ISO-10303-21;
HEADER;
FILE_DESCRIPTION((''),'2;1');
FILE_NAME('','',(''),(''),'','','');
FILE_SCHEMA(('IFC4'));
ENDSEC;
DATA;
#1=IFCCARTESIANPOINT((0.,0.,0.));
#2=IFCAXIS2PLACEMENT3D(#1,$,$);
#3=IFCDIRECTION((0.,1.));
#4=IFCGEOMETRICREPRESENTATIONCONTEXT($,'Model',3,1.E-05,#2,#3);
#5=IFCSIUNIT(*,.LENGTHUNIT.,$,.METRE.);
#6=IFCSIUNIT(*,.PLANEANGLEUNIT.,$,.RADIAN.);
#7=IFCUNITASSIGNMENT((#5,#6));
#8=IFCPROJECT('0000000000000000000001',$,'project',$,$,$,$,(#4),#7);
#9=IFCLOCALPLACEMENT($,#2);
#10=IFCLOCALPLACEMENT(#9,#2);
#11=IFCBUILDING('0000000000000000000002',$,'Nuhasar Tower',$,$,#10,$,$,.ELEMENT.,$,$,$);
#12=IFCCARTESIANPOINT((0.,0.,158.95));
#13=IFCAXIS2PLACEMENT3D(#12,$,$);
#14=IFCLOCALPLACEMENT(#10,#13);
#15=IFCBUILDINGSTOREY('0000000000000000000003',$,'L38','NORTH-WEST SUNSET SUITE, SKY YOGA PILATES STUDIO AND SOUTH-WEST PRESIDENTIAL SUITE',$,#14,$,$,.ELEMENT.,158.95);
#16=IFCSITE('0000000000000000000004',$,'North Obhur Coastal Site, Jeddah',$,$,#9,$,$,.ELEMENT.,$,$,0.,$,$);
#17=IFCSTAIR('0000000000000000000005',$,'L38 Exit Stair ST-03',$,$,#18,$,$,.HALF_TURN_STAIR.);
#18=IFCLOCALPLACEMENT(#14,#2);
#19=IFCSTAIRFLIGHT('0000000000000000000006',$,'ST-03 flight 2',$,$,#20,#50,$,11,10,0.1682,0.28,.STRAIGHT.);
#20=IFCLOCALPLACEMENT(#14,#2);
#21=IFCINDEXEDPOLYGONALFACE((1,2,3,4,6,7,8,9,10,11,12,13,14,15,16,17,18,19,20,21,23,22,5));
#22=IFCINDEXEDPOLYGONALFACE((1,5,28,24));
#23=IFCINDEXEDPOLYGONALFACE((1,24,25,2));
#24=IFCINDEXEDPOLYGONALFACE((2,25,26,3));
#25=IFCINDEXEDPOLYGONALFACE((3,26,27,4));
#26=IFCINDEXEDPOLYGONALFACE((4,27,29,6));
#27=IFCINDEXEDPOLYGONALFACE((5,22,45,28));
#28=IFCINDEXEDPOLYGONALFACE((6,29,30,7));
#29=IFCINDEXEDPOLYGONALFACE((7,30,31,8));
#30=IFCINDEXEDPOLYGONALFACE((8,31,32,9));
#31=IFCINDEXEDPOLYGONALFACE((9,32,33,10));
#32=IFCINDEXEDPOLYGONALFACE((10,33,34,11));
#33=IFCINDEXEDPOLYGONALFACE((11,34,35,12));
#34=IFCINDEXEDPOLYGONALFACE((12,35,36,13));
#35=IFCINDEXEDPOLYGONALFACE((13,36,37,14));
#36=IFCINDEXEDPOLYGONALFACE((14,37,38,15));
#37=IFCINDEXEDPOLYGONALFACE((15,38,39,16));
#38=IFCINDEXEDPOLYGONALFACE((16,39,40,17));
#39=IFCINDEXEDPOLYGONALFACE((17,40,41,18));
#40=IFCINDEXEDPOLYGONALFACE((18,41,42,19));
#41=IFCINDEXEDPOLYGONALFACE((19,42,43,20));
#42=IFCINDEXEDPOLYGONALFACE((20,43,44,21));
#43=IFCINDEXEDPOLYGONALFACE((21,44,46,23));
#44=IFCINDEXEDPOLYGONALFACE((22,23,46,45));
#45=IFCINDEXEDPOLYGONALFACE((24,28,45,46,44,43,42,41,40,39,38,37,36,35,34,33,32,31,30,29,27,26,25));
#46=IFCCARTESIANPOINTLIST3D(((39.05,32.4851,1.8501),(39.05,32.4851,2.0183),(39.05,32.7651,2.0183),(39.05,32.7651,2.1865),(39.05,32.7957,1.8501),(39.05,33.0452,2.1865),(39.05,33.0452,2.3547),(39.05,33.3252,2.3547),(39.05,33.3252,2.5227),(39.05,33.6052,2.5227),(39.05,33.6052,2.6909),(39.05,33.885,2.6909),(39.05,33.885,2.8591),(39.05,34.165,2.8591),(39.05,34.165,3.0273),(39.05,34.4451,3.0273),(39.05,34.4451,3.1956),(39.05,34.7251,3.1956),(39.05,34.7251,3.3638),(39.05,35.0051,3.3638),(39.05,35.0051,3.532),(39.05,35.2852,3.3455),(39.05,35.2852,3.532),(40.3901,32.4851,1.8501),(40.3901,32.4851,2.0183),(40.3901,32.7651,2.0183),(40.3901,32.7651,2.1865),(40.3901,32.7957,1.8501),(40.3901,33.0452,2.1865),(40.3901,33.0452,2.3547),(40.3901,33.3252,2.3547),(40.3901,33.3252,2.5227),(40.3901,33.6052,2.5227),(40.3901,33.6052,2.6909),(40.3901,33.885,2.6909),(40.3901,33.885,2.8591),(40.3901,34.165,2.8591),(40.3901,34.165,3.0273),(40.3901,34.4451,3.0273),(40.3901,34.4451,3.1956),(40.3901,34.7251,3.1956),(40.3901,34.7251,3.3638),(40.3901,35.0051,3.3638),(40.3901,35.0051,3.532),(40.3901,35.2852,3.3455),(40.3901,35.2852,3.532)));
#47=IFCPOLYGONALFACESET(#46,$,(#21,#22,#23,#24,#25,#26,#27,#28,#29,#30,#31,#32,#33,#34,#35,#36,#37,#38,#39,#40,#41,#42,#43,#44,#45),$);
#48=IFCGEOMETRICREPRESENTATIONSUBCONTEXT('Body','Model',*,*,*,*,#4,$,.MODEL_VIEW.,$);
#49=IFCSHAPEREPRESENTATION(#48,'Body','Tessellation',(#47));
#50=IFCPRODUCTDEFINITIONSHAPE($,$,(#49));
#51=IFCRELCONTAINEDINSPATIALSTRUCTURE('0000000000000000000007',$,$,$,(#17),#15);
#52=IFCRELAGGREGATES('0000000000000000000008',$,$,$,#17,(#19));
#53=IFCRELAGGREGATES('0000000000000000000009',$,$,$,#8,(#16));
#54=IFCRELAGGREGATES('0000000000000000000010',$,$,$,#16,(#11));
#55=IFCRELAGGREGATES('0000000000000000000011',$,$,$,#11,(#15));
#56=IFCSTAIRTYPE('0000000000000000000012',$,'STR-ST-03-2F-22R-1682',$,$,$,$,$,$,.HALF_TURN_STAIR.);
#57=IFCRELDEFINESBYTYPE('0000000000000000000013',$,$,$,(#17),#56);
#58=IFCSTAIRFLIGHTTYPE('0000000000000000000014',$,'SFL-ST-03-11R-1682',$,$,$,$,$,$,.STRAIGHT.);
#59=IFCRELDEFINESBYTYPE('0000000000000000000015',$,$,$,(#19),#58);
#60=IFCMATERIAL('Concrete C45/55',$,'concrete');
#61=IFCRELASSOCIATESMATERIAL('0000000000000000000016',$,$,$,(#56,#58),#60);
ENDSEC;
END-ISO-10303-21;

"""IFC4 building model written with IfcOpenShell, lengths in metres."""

from ifc_helpers import new_model, si_unit, direction, frame, origin, place, context, subcontext, project, spatial, polyline, outline, extrude, material, type_object, element, aggregate, save


model = new_model("IFC4")

# Units and contexts
model_context = context("Model", 3, precision=1e-05, world=origin(), true_north=direction((0.0, 1.0)))
body_context = subcontext(model_context, "Body", "Model", "MODEL_VIEW")
ifc_project = project(units=[si_unit("LENGTHUNIT", "METRE"), si_unit("PLANEANGLEUNIT", "RADIAN")], contexts=[model_context])

# Site, building, storey
site_placement = place(None, origin())
site = spatial("IfcSite", under=ifc_project, at=site_placement, Name="North Obhur Coastal Site, Jeddah", CompositionType="ELEMENT", RefElevation=0.0)
building_placement = place(site_placement, origin())
building = spatial("IfcBuilding", under=site, at=building_placement, Name="Nuhasar Tower", CompositionType="ELEMENT")
storey_placement = place(building_placement, frame((0.0, 0.0, 158.95)))
storey = spatial("IfcBuildingStorey", under=building, at=storey_placement, Name="L38", Description="NORTH-WEST SUNSET SUITE, SKY YOGA PILATES STUDIO AND SOUTH-WEST PRESIDENTIAL SUITE", CompositionType="ELEMENT", Elevation=158.95)

# Shared definitions
ifc_material_1 = material(Name="Concrete C45/55", Category="concrete")

# Stair, stair flight
stair_type_1 = type_object("IfcStairType", Name="STR-ST-03-2F-22R-1682", PredefinedType="HALF_TURN_STAIR", material=ifc_material_1)
stair_1_placement = place(storey_placement, origin())
stair_1 = element("IfcStair", 1, at=stair_1_placement, inside=storey, type_object=stair_type_1, Name="L38 Exit Stair ST-03", PredefinedType="HALF_TURN_STAIR")
stair_flight_type_1 = type_object("IfcStairFlightType", Name="SFL-ST-03-11R-1682", PredefinedType="STRAIGHT", material=ifc_material_1)
stair_flight_1_placement = place(storey_placement, frame((39.72, 32.4851, 1.8501), z_axis=(0.0, 0.0, 1.0), x_axis=(0.0, 1.0, 0.0)))
stair_flight_1 = element("IfcStairFlight", 2, at=stair_flight_1_placement, type_object=stair_flight_type_1, Name="ST-03 flight 2", NumberOfRisers=11, NumberOfTreads=10, PredefinedType="STRAIGHT", RiserHeight=0.1682, TreadLength=0.28, context=body_context, shape_type="SweptSolid", body=[
    extrude(outline(polyline([(0.0, 0.0), (0.0, 0.1682), (0.28, 0.1682), (0.28, 0.3364), (0.5601, 0.3364), (0.5601, 0.5046), (0.8401, 0.5046), (0.8401, 0.6726), (1.1201, 0.6726), (1.1201, 0.8408), (1.3999, 0.8408), (1.3999, 1.009), (1.6799, 1.009), (1.6799, 1.1772), (1.96, 1.1772), (1.96, 1.3455), (2.24, 1.3455), (2.24, 1.5137), (2.52, 1.5137), (2.52, 1.6819), (2.8, 1.6819), (2.8, 1.8501), (2.8, 1.4954), (0.3105, 0.0), (0.0, 0.0)])), frame((0.0, 0.6699, 0.0), z_axis=(0.0, -1.0, 0.0), x_axis=(1.0, 0.0, 0.0)), (0.0, 0.0, 1.0), 1.3401),
])
aggregate(stair_1, [stair_flight_1])

save(model, "model.ifc")
